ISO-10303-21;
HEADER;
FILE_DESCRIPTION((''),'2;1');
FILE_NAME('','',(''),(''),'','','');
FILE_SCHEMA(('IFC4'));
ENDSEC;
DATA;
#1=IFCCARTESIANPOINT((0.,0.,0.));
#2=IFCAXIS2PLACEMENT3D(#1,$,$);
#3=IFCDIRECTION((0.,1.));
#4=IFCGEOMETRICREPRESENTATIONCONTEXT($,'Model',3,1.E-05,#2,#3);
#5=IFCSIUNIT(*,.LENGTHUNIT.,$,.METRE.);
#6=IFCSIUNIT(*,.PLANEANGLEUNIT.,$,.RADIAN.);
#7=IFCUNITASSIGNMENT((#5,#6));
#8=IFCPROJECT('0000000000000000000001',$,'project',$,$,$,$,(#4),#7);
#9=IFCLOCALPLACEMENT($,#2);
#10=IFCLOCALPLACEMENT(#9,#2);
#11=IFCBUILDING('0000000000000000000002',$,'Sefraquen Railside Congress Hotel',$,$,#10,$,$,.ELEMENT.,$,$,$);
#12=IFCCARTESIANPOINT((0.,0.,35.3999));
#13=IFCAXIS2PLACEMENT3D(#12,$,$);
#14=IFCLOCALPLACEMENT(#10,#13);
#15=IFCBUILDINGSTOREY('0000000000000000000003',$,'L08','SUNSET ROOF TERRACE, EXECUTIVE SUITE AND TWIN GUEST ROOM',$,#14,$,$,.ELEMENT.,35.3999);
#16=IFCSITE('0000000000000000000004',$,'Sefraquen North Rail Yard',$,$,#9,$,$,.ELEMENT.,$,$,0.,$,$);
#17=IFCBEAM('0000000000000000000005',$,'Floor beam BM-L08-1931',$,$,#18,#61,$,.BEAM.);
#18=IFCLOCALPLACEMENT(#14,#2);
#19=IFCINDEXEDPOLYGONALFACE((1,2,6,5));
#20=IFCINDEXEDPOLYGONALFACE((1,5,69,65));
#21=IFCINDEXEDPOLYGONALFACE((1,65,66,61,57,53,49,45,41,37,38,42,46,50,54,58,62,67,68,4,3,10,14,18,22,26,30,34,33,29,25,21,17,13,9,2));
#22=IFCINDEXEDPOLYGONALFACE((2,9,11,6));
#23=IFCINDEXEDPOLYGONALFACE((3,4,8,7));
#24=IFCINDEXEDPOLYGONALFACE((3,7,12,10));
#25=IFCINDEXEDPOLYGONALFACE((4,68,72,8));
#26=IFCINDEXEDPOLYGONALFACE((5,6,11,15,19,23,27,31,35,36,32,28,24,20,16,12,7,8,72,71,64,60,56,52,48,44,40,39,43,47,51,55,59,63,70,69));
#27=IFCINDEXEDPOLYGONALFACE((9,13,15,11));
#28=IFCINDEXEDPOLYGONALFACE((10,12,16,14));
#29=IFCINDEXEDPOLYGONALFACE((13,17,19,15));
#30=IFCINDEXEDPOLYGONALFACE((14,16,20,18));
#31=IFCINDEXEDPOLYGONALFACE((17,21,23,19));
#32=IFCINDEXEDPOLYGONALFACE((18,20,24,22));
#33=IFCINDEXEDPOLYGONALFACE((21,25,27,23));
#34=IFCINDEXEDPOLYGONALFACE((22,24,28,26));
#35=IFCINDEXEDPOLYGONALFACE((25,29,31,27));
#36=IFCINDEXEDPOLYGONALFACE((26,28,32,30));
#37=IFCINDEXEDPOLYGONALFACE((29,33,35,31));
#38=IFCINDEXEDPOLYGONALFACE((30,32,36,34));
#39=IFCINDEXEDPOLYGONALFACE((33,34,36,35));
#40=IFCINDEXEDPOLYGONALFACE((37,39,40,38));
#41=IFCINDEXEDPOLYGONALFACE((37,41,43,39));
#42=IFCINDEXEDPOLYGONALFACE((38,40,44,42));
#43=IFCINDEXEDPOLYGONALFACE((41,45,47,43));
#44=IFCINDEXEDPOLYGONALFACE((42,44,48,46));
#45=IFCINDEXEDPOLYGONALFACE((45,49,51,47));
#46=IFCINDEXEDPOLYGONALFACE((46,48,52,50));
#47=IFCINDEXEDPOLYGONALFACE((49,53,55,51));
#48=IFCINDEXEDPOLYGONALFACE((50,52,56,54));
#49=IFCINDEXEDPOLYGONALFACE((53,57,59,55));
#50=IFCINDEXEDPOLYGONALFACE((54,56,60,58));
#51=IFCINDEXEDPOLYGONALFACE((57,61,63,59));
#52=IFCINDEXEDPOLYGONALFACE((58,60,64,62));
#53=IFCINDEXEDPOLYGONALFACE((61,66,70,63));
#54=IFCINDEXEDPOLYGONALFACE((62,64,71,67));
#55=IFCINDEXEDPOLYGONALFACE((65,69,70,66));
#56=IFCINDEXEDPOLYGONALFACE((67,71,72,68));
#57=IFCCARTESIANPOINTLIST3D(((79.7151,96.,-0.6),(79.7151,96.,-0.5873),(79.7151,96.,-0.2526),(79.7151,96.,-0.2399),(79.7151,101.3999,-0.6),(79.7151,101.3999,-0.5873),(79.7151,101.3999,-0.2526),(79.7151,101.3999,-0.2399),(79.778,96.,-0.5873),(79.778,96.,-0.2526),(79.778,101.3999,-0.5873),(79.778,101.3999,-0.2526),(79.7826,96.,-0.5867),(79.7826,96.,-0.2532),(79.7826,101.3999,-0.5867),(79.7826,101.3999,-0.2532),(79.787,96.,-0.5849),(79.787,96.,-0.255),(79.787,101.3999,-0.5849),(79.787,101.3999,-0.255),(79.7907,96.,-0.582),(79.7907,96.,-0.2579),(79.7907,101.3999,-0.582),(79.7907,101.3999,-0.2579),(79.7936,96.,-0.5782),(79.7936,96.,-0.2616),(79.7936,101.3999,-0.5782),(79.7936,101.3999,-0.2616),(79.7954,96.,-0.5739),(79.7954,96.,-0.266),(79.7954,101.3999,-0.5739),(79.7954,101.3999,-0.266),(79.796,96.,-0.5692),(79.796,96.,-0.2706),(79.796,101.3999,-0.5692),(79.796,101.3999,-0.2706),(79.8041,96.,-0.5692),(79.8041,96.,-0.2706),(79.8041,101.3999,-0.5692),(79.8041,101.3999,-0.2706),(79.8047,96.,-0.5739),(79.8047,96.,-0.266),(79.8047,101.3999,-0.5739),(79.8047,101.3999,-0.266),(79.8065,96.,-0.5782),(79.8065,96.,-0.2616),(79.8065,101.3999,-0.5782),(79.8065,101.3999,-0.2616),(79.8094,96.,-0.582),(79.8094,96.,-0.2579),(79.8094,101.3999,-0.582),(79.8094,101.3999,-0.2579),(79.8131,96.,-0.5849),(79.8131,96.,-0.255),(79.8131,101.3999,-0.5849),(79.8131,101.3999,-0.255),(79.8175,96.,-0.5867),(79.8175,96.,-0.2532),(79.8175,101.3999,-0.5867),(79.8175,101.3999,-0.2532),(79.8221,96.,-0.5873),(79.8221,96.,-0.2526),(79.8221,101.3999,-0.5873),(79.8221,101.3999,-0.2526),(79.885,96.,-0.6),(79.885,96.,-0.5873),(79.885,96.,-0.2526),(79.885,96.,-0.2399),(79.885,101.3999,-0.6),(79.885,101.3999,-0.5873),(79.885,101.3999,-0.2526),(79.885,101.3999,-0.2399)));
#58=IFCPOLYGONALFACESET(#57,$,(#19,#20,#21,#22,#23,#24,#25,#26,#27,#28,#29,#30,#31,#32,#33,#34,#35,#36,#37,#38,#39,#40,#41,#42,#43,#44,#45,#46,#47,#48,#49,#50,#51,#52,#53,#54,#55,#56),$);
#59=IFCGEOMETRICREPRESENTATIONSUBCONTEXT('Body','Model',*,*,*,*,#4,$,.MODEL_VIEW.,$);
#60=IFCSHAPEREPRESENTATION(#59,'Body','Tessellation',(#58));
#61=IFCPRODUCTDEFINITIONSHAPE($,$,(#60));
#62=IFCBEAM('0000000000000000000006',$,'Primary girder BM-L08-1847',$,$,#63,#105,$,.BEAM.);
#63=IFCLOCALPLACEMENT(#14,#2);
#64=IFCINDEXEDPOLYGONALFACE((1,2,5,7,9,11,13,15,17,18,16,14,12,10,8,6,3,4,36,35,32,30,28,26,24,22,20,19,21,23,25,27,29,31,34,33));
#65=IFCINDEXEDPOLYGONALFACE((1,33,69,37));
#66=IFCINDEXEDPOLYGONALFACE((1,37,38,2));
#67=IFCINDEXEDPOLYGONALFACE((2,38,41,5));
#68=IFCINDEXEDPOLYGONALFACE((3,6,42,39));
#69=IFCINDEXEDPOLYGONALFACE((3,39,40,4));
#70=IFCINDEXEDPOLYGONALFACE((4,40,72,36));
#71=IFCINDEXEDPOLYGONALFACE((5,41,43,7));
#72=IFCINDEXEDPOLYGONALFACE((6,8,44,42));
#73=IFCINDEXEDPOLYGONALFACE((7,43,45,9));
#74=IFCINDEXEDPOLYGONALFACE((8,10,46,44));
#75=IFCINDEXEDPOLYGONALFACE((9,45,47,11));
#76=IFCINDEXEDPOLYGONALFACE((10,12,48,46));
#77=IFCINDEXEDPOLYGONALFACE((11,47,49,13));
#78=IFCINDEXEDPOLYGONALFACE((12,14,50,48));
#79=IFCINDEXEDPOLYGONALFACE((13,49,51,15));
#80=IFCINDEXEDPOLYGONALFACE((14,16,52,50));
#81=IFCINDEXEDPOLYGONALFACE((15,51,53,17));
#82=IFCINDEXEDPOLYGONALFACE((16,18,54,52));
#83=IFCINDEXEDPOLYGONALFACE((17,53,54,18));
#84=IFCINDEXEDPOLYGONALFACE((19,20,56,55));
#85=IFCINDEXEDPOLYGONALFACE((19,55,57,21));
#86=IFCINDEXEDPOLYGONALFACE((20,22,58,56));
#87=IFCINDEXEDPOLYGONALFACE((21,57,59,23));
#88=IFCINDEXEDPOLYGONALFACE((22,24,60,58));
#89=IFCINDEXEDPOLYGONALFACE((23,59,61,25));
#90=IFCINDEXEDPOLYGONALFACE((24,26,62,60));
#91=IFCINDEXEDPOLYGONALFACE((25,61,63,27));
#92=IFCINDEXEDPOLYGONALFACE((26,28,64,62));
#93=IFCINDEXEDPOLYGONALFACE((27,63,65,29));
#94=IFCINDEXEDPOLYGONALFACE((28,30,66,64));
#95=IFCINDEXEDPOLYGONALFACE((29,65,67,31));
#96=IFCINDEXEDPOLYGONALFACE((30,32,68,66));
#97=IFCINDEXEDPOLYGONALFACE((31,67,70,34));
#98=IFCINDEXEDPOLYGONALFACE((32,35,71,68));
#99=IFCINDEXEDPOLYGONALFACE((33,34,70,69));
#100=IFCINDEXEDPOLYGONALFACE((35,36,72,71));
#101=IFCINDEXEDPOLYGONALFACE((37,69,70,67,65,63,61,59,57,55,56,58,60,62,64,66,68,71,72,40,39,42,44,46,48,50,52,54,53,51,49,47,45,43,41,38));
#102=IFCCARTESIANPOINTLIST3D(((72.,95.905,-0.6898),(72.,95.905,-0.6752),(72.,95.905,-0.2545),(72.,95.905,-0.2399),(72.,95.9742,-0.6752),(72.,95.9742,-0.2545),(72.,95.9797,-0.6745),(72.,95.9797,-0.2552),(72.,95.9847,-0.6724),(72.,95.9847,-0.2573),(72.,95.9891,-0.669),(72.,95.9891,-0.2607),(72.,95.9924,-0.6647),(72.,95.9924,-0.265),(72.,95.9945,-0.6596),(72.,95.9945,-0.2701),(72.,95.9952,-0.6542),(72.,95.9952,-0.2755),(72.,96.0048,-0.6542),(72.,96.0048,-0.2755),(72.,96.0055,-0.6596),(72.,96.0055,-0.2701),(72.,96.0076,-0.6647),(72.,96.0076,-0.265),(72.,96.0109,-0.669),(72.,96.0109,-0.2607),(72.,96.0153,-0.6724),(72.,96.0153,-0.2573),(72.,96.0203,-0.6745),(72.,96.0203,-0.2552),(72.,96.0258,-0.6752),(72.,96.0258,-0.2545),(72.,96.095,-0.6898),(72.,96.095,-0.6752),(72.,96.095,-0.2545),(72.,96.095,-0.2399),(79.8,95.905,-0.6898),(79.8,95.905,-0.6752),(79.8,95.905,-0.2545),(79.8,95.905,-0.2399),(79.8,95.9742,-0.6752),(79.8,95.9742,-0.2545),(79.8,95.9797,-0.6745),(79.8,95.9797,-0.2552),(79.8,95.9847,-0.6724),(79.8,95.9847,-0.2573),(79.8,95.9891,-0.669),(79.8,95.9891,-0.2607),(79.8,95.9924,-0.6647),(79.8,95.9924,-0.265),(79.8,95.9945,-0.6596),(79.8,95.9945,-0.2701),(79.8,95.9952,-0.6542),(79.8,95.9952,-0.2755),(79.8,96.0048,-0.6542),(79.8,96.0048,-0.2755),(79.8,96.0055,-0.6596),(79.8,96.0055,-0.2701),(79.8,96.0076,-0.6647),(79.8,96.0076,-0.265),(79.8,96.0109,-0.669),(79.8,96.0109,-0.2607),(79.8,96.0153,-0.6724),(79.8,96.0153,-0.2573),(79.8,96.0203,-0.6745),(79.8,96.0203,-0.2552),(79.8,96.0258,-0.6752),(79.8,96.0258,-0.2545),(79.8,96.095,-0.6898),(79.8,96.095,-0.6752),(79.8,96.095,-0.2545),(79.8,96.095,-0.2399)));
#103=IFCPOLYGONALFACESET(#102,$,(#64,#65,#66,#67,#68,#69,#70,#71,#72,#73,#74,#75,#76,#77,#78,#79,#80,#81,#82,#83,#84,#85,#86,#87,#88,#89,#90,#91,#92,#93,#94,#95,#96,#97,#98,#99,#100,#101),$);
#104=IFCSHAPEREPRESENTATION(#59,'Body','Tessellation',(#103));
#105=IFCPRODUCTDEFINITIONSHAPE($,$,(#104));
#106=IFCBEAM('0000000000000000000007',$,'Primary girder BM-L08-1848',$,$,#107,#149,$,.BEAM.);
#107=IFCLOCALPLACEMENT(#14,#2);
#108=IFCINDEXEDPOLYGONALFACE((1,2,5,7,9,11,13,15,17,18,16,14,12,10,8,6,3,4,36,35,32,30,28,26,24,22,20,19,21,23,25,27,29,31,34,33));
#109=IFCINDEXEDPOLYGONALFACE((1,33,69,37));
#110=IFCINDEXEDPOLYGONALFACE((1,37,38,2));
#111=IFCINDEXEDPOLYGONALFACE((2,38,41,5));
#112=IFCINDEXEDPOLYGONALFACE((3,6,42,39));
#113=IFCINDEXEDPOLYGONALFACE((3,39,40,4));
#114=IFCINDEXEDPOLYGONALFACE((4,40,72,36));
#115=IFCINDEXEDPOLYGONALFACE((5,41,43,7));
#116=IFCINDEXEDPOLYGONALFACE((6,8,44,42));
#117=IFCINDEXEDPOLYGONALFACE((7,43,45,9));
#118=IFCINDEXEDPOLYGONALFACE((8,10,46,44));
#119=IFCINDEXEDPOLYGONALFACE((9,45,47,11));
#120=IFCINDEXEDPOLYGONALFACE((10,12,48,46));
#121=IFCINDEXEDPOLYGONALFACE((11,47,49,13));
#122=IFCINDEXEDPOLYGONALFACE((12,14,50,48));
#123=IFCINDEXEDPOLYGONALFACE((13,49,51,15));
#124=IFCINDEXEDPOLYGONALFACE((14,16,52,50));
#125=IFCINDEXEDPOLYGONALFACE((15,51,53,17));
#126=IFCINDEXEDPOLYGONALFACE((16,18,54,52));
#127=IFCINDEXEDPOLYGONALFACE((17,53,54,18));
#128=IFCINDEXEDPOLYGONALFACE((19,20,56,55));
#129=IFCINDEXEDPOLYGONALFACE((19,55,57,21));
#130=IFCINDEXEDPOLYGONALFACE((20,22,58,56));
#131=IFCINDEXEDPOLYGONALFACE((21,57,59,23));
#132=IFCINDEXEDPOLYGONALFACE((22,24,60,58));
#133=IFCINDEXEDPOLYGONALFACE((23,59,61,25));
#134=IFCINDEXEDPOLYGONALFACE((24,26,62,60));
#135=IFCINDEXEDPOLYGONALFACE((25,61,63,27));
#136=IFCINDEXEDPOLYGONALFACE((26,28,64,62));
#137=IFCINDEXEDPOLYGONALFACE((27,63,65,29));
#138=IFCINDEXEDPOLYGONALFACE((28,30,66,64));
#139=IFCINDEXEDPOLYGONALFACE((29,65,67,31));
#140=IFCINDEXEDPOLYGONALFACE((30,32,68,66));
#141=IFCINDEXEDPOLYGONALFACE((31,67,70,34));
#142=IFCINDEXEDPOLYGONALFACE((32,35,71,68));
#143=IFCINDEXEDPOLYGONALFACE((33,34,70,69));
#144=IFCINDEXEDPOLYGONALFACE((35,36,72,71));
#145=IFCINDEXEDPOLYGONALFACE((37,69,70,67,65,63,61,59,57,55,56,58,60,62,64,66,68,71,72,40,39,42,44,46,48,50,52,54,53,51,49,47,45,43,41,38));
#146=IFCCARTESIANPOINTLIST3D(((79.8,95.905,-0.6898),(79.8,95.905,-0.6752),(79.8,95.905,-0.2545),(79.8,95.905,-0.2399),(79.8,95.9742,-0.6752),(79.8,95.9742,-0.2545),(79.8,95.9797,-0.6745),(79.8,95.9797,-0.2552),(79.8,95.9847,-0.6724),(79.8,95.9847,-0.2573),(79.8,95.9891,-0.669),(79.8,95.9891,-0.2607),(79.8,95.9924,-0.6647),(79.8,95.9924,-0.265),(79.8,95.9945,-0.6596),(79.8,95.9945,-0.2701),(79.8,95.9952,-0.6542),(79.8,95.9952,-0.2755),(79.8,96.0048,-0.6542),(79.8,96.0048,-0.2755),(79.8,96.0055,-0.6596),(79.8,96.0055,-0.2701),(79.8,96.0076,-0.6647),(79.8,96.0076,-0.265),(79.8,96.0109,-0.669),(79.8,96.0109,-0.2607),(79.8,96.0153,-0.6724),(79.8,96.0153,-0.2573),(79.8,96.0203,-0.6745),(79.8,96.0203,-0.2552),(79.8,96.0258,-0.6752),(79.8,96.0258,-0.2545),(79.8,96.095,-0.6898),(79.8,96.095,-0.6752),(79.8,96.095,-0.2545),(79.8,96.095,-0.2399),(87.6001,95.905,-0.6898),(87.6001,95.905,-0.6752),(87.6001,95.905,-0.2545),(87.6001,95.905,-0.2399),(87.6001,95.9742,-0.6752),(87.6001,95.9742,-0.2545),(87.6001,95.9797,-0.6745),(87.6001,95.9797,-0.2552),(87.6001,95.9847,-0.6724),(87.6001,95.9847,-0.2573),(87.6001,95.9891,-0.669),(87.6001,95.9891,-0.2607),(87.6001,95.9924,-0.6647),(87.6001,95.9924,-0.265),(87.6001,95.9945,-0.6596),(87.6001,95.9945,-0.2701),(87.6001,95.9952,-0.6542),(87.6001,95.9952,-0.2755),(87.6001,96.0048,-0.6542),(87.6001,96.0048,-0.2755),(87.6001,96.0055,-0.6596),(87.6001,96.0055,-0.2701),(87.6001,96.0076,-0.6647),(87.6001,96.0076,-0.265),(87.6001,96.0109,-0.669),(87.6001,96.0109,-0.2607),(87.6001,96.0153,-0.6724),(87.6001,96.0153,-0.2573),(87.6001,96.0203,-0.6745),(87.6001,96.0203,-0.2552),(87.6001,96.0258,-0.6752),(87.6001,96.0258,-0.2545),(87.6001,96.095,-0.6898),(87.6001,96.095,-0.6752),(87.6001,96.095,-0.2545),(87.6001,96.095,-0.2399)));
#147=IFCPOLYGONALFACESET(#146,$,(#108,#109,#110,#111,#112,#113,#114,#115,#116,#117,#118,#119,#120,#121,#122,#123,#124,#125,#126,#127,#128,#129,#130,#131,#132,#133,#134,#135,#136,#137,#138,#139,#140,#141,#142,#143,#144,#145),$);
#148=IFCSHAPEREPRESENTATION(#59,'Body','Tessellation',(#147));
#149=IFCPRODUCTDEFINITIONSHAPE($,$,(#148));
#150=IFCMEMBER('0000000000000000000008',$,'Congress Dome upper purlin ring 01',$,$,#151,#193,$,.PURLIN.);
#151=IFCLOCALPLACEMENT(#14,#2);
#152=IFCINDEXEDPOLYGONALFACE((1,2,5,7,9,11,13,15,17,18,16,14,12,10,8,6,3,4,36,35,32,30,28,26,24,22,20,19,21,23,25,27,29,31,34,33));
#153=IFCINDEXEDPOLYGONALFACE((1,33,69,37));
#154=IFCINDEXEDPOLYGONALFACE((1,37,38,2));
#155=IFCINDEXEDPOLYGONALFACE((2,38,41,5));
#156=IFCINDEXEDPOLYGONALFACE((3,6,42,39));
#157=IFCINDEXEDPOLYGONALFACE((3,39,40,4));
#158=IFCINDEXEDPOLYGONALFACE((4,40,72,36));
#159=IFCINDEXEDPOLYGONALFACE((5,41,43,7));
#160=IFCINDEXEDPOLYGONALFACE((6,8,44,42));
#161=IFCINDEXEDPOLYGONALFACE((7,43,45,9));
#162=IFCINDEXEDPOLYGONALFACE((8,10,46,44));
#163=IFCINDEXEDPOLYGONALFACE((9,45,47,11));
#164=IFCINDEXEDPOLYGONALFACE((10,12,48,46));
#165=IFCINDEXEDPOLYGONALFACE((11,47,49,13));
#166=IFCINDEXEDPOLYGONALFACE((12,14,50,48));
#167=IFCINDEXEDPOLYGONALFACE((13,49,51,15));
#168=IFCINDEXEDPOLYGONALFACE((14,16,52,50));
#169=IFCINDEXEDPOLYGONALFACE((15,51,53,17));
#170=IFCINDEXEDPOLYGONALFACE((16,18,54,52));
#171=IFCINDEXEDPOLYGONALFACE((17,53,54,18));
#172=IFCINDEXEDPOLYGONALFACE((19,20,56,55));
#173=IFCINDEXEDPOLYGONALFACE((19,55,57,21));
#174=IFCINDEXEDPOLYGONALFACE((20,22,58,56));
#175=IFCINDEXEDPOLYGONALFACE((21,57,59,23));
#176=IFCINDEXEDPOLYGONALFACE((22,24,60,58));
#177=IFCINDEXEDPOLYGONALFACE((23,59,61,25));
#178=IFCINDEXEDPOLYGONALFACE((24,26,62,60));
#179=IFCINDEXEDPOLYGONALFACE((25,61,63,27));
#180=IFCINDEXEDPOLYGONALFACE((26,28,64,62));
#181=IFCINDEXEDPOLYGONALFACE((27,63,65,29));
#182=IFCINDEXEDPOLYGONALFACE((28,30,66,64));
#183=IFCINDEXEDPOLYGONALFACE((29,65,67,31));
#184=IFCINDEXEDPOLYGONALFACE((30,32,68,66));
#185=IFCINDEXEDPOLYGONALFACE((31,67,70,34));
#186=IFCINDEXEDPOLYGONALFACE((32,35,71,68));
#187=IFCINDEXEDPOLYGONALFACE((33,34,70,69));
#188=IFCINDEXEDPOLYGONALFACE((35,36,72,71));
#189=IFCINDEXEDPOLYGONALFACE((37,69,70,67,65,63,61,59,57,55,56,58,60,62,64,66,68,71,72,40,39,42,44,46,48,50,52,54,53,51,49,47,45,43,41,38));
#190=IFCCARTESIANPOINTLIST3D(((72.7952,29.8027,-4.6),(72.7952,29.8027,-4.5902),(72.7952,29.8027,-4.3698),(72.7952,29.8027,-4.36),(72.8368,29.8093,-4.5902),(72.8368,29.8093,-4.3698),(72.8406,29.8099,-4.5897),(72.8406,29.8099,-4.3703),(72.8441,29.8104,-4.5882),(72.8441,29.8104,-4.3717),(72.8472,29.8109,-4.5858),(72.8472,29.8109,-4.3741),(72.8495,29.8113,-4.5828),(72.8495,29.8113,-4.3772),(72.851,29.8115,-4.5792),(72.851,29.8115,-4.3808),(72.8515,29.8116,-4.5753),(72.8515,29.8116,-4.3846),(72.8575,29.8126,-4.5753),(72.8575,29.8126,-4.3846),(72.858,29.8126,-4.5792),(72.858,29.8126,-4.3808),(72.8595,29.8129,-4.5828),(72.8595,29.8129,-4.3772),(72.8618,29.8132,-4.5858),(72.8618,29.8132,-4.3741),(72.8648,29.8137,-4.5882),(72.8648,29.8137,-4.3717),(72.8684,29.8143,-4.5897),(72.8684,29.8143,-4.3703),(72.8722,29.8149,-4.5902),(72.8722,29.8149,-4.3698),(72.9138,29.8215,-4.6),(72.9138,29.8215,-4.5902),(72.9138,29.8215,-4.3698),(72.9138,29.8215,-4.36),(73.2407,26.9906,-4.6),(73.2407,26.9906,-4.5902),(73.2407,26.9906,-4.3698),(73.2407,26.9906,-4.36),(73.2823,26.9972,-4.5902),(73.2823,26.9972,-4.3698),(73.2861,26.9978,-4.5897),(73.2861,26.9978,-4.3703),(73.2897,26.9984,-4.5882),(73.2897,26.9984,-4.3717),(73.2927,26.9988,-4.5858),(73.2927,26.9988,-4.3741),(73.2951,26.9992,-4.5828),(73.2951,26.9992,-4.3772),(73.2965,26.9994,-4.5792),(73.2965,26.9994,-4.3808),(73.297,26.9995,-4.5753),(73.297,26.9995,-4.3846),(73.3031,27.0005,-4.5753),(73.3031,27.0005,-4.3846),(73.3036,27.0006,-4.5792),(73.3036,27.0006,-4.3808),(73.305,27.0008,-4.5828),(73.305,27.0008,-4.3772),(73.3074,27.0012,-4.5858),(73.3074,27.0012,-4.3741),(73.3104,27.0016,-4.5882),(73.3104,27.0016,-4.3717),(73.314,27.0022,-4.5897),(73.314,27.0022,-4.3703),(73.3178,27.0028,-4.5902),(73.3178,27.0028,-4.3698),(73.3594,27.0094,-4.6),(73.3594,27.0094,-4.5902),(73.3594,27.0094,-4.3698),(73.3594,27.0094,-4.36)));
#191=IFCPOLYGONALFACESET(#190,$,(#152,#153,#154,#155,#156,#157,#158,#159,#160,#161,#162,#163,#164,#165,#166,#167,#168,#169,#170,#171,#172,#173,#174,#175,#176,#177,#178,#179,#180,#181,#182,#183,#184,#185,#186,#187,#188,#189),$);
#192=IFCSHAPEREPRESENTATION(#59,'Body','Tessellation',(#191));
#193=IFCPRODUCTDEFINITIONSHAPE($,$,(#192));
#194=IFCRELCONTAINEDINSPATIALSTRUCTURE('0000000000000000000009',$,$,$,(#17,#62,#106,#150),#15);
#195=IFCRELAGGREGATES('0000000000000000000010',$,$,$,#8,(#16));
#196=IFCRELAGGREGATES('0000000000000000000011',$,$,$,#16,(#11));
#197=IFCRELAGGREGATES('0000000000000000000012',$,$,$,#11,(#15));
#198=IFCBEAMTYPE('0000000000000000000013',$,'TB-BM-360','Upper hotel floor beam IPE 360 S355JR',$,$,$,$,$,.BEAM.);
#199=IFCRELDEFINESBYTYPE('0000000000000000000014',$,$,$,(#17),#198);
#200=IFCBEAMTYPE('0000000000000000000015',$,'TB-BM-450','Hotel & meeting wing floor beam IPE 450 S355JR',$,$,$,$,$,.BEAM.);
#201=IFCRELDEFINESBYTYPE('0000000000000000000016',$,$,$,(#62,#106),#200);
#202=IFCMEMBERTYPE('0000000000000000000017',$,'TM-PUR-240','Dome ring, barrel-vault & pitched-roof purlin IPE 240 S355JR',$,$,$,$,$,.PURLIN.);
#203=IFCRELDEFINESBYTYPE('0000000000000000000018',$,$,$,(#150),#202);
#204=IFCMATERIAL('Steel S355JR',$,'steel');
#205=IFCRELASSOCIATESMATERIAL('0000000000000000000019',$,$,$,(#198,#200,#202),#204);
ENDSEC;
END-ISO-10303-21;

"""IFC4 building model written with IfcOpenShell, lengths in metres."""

from ifc_helpers import new_model, si_unit, direction, frame, origin, origin_2d, place, context, subcontext, project, spatial, i_section, extrude, material, material_profile, profile_set, type_object, element, save


model = new_model("IFC4")

# Units and contexts
model_context = context("Model", 3, precision=1e-05, world=origin(), true_north=direction((0.0, 1.0)))
body_context = subcontext(model_context, "Body", "Model", "MODEL_VIEW")
ifc_project = project(units=[si_unit("LENGTHUNIT", "METRE"), si_unit("PLANEANGLEUNIT", "RADIAN")], contexts=[model_context])

# Site, building, storey
site_placement = place(None, origin())
site = spatial("IfcSite", under=ifc_project, at=site_placement, Name="Sefraquen North Rail Yard", CompositionType="ELEMENT", RefElevation=0.0)
building_placement = place(site_placement, origin())
building = spatial("IfcBuilding", under=site, at=building_placement, Name="Sefraquen Railside Congress Hotel", CompositionType="ELEMENT")
storey_placement = place(building_placement, frame((0.0, 0.0, 35.3999)))
storey = spatial("IfcBuildingStorey", under=building, at=storey_placement, Name="L08", Description="SUNSET ROOF TERRACE, EXECUTIVE SUITE AND TWIN GUEST ROOM", CompositionType="ELEMENT", Elevation=35.3999)

# Shared definitions
ifc_material_1 = material(Name="Steel S355JR", Category="steel")

# Beams
ifc_material_profile_1 = material_profile(ifc_material_1, i_section(OverallWidth=0.1699, OverallDepth=0.3601, WebThickness=0.0081, FlangeThickness=0.0127, FilletRadius=0.0181, at=origin_2d()), Name="IPE 360")
ifc_profile_set_1 = profile_set([ifc_material_profile_1], Name="Steel S355JR")
beam_type_1 = type_object("IfcBeamType", Name="TB-BM-360", Description="Upper hotel floor beam IPE 360 S355JR", PredefinedType="BEAM", material=ifc_profile_set_1)
for number, where, z_axis, x_axis, name in (
    (1, (79.8, 96.0, -0.4199), (0.0, 1.0, 0.0), (-1.0, 0.0, 0.0), "Floor beam BM-L08-1931"),
):
    element("IfcBeam", number, at=place(storey_placement, frame(where, z_axis=z_axis, x_axis=x_axis)), inside=storey, type_object=beam_type_1, Name=name, PredefinedType="BEAM", context=body_context, shape_type="SweptSolid", body=[
        extrude(i_section(OverallWidth=0.1699, OverallDepth=0.3601, WebThickness=0.0081, FlangeThickness=0.0127, FilletRadius=0.0181, at=origin_2d()), origin(), (0.0, 0.0, 1.0), 5.3999),
    ])
ifc_material_profile_2 = material_profile(ifc_material_1, i_section(OverallWidth=0.1899, OverallDepth=0.45, WebThickness=0.0095, FlangeThickness=0.0146, FilletRadius=0.021, at=origin_2d()), Name="IPE 450")
ifc_profile_set_2 = profile_set([ifc_material_profile_2], Name="Steel S355JR")
beam_type_2 = type_object("IfcBeamType", Name="TB-BM-450", Description="Hotel & meeting wing floor beam IPE 450 S355JR", PredefinedType="BEAM", material=ifc_profile_set_2)
for number, where, z_axis, x_axis, name in (
    (2, (72.0, 96.0, -0.4648), (1.0, 0.0, 0.0), (0.0, 1.0, 0.0), "Primary girder BM-L08-1847"),
    (3, (79.8, 96.0, -0.4648), (1.0, 0.0, 0.0), (0.0, 1.0, 0.0), "Primary girder BM-L08-1848"),
):
    element("IfcBeam", number, at=place(storey_placement, frame(where, z_axis=z_axis, x_axis=x_axis)), inside=storey, type_object=beam_type_2, Name=name, PredefinedType="BEAM", context=body_context, shape_type="SweptSolid", body=[
        extrude(i_section(OverallWidth=0.1899, OverallDepth=0.45, WebThickness=0.0095, FlangeThickness=0.0146, FilletRadius=0.021, at=origin_2d()), origin(), (0.0, 0.0, 1.0), 7.8),
    ])

# Member
ifc_material_profile_3 = material_profile(ifc_material_1, i_section(OverallWidth=0.1201, OverallDepth=0.24, WebThickness=0.0061, FlangeThickness=0.0098, FilletRadius=0.0149, at=origin_2d()), Name="IPE 240")
ifc_profile_set_3 = profile_set([ifc_material_profile_3], Name="Steel S355JR")
member_type = type_object("IfcMemberType", Name="TM-PUR-240", Description="Dome ring, barrel-vault & pitched-roof purlin IPE 240 S355JR", PredefinedType="PURLIN", material=ifc_profile_set_3)
for number, where, z_axis, x_axis, name in (
    (4, (73.3, 27.0, -4.48), (-0.156495, 0.987679, 0.0), (-0.987679, -0.156495, 0.0), "Congress Dome upper purlin ring 01"),
):
    element("IfcMember", number, at=place(storey_placement, frame(where, z_axis=z_axis, x_axis=x_axis)), inside=storey, type_object=member_type, Name=name, PredefinedType="PURLIN", context=body_context, shape_type="SweptSolid", body=[
        extrude(i_section(OverallWidth=0.1201, OverallDepth=0.24, WebThickness=0.0061, FlangeThickness=0.0098, FilletRadius=0.0149, at=origin_2d()), origin(), (0.0, 0.0, 1.0), 2.8472),
    ])

save(model, "model.ifc")
